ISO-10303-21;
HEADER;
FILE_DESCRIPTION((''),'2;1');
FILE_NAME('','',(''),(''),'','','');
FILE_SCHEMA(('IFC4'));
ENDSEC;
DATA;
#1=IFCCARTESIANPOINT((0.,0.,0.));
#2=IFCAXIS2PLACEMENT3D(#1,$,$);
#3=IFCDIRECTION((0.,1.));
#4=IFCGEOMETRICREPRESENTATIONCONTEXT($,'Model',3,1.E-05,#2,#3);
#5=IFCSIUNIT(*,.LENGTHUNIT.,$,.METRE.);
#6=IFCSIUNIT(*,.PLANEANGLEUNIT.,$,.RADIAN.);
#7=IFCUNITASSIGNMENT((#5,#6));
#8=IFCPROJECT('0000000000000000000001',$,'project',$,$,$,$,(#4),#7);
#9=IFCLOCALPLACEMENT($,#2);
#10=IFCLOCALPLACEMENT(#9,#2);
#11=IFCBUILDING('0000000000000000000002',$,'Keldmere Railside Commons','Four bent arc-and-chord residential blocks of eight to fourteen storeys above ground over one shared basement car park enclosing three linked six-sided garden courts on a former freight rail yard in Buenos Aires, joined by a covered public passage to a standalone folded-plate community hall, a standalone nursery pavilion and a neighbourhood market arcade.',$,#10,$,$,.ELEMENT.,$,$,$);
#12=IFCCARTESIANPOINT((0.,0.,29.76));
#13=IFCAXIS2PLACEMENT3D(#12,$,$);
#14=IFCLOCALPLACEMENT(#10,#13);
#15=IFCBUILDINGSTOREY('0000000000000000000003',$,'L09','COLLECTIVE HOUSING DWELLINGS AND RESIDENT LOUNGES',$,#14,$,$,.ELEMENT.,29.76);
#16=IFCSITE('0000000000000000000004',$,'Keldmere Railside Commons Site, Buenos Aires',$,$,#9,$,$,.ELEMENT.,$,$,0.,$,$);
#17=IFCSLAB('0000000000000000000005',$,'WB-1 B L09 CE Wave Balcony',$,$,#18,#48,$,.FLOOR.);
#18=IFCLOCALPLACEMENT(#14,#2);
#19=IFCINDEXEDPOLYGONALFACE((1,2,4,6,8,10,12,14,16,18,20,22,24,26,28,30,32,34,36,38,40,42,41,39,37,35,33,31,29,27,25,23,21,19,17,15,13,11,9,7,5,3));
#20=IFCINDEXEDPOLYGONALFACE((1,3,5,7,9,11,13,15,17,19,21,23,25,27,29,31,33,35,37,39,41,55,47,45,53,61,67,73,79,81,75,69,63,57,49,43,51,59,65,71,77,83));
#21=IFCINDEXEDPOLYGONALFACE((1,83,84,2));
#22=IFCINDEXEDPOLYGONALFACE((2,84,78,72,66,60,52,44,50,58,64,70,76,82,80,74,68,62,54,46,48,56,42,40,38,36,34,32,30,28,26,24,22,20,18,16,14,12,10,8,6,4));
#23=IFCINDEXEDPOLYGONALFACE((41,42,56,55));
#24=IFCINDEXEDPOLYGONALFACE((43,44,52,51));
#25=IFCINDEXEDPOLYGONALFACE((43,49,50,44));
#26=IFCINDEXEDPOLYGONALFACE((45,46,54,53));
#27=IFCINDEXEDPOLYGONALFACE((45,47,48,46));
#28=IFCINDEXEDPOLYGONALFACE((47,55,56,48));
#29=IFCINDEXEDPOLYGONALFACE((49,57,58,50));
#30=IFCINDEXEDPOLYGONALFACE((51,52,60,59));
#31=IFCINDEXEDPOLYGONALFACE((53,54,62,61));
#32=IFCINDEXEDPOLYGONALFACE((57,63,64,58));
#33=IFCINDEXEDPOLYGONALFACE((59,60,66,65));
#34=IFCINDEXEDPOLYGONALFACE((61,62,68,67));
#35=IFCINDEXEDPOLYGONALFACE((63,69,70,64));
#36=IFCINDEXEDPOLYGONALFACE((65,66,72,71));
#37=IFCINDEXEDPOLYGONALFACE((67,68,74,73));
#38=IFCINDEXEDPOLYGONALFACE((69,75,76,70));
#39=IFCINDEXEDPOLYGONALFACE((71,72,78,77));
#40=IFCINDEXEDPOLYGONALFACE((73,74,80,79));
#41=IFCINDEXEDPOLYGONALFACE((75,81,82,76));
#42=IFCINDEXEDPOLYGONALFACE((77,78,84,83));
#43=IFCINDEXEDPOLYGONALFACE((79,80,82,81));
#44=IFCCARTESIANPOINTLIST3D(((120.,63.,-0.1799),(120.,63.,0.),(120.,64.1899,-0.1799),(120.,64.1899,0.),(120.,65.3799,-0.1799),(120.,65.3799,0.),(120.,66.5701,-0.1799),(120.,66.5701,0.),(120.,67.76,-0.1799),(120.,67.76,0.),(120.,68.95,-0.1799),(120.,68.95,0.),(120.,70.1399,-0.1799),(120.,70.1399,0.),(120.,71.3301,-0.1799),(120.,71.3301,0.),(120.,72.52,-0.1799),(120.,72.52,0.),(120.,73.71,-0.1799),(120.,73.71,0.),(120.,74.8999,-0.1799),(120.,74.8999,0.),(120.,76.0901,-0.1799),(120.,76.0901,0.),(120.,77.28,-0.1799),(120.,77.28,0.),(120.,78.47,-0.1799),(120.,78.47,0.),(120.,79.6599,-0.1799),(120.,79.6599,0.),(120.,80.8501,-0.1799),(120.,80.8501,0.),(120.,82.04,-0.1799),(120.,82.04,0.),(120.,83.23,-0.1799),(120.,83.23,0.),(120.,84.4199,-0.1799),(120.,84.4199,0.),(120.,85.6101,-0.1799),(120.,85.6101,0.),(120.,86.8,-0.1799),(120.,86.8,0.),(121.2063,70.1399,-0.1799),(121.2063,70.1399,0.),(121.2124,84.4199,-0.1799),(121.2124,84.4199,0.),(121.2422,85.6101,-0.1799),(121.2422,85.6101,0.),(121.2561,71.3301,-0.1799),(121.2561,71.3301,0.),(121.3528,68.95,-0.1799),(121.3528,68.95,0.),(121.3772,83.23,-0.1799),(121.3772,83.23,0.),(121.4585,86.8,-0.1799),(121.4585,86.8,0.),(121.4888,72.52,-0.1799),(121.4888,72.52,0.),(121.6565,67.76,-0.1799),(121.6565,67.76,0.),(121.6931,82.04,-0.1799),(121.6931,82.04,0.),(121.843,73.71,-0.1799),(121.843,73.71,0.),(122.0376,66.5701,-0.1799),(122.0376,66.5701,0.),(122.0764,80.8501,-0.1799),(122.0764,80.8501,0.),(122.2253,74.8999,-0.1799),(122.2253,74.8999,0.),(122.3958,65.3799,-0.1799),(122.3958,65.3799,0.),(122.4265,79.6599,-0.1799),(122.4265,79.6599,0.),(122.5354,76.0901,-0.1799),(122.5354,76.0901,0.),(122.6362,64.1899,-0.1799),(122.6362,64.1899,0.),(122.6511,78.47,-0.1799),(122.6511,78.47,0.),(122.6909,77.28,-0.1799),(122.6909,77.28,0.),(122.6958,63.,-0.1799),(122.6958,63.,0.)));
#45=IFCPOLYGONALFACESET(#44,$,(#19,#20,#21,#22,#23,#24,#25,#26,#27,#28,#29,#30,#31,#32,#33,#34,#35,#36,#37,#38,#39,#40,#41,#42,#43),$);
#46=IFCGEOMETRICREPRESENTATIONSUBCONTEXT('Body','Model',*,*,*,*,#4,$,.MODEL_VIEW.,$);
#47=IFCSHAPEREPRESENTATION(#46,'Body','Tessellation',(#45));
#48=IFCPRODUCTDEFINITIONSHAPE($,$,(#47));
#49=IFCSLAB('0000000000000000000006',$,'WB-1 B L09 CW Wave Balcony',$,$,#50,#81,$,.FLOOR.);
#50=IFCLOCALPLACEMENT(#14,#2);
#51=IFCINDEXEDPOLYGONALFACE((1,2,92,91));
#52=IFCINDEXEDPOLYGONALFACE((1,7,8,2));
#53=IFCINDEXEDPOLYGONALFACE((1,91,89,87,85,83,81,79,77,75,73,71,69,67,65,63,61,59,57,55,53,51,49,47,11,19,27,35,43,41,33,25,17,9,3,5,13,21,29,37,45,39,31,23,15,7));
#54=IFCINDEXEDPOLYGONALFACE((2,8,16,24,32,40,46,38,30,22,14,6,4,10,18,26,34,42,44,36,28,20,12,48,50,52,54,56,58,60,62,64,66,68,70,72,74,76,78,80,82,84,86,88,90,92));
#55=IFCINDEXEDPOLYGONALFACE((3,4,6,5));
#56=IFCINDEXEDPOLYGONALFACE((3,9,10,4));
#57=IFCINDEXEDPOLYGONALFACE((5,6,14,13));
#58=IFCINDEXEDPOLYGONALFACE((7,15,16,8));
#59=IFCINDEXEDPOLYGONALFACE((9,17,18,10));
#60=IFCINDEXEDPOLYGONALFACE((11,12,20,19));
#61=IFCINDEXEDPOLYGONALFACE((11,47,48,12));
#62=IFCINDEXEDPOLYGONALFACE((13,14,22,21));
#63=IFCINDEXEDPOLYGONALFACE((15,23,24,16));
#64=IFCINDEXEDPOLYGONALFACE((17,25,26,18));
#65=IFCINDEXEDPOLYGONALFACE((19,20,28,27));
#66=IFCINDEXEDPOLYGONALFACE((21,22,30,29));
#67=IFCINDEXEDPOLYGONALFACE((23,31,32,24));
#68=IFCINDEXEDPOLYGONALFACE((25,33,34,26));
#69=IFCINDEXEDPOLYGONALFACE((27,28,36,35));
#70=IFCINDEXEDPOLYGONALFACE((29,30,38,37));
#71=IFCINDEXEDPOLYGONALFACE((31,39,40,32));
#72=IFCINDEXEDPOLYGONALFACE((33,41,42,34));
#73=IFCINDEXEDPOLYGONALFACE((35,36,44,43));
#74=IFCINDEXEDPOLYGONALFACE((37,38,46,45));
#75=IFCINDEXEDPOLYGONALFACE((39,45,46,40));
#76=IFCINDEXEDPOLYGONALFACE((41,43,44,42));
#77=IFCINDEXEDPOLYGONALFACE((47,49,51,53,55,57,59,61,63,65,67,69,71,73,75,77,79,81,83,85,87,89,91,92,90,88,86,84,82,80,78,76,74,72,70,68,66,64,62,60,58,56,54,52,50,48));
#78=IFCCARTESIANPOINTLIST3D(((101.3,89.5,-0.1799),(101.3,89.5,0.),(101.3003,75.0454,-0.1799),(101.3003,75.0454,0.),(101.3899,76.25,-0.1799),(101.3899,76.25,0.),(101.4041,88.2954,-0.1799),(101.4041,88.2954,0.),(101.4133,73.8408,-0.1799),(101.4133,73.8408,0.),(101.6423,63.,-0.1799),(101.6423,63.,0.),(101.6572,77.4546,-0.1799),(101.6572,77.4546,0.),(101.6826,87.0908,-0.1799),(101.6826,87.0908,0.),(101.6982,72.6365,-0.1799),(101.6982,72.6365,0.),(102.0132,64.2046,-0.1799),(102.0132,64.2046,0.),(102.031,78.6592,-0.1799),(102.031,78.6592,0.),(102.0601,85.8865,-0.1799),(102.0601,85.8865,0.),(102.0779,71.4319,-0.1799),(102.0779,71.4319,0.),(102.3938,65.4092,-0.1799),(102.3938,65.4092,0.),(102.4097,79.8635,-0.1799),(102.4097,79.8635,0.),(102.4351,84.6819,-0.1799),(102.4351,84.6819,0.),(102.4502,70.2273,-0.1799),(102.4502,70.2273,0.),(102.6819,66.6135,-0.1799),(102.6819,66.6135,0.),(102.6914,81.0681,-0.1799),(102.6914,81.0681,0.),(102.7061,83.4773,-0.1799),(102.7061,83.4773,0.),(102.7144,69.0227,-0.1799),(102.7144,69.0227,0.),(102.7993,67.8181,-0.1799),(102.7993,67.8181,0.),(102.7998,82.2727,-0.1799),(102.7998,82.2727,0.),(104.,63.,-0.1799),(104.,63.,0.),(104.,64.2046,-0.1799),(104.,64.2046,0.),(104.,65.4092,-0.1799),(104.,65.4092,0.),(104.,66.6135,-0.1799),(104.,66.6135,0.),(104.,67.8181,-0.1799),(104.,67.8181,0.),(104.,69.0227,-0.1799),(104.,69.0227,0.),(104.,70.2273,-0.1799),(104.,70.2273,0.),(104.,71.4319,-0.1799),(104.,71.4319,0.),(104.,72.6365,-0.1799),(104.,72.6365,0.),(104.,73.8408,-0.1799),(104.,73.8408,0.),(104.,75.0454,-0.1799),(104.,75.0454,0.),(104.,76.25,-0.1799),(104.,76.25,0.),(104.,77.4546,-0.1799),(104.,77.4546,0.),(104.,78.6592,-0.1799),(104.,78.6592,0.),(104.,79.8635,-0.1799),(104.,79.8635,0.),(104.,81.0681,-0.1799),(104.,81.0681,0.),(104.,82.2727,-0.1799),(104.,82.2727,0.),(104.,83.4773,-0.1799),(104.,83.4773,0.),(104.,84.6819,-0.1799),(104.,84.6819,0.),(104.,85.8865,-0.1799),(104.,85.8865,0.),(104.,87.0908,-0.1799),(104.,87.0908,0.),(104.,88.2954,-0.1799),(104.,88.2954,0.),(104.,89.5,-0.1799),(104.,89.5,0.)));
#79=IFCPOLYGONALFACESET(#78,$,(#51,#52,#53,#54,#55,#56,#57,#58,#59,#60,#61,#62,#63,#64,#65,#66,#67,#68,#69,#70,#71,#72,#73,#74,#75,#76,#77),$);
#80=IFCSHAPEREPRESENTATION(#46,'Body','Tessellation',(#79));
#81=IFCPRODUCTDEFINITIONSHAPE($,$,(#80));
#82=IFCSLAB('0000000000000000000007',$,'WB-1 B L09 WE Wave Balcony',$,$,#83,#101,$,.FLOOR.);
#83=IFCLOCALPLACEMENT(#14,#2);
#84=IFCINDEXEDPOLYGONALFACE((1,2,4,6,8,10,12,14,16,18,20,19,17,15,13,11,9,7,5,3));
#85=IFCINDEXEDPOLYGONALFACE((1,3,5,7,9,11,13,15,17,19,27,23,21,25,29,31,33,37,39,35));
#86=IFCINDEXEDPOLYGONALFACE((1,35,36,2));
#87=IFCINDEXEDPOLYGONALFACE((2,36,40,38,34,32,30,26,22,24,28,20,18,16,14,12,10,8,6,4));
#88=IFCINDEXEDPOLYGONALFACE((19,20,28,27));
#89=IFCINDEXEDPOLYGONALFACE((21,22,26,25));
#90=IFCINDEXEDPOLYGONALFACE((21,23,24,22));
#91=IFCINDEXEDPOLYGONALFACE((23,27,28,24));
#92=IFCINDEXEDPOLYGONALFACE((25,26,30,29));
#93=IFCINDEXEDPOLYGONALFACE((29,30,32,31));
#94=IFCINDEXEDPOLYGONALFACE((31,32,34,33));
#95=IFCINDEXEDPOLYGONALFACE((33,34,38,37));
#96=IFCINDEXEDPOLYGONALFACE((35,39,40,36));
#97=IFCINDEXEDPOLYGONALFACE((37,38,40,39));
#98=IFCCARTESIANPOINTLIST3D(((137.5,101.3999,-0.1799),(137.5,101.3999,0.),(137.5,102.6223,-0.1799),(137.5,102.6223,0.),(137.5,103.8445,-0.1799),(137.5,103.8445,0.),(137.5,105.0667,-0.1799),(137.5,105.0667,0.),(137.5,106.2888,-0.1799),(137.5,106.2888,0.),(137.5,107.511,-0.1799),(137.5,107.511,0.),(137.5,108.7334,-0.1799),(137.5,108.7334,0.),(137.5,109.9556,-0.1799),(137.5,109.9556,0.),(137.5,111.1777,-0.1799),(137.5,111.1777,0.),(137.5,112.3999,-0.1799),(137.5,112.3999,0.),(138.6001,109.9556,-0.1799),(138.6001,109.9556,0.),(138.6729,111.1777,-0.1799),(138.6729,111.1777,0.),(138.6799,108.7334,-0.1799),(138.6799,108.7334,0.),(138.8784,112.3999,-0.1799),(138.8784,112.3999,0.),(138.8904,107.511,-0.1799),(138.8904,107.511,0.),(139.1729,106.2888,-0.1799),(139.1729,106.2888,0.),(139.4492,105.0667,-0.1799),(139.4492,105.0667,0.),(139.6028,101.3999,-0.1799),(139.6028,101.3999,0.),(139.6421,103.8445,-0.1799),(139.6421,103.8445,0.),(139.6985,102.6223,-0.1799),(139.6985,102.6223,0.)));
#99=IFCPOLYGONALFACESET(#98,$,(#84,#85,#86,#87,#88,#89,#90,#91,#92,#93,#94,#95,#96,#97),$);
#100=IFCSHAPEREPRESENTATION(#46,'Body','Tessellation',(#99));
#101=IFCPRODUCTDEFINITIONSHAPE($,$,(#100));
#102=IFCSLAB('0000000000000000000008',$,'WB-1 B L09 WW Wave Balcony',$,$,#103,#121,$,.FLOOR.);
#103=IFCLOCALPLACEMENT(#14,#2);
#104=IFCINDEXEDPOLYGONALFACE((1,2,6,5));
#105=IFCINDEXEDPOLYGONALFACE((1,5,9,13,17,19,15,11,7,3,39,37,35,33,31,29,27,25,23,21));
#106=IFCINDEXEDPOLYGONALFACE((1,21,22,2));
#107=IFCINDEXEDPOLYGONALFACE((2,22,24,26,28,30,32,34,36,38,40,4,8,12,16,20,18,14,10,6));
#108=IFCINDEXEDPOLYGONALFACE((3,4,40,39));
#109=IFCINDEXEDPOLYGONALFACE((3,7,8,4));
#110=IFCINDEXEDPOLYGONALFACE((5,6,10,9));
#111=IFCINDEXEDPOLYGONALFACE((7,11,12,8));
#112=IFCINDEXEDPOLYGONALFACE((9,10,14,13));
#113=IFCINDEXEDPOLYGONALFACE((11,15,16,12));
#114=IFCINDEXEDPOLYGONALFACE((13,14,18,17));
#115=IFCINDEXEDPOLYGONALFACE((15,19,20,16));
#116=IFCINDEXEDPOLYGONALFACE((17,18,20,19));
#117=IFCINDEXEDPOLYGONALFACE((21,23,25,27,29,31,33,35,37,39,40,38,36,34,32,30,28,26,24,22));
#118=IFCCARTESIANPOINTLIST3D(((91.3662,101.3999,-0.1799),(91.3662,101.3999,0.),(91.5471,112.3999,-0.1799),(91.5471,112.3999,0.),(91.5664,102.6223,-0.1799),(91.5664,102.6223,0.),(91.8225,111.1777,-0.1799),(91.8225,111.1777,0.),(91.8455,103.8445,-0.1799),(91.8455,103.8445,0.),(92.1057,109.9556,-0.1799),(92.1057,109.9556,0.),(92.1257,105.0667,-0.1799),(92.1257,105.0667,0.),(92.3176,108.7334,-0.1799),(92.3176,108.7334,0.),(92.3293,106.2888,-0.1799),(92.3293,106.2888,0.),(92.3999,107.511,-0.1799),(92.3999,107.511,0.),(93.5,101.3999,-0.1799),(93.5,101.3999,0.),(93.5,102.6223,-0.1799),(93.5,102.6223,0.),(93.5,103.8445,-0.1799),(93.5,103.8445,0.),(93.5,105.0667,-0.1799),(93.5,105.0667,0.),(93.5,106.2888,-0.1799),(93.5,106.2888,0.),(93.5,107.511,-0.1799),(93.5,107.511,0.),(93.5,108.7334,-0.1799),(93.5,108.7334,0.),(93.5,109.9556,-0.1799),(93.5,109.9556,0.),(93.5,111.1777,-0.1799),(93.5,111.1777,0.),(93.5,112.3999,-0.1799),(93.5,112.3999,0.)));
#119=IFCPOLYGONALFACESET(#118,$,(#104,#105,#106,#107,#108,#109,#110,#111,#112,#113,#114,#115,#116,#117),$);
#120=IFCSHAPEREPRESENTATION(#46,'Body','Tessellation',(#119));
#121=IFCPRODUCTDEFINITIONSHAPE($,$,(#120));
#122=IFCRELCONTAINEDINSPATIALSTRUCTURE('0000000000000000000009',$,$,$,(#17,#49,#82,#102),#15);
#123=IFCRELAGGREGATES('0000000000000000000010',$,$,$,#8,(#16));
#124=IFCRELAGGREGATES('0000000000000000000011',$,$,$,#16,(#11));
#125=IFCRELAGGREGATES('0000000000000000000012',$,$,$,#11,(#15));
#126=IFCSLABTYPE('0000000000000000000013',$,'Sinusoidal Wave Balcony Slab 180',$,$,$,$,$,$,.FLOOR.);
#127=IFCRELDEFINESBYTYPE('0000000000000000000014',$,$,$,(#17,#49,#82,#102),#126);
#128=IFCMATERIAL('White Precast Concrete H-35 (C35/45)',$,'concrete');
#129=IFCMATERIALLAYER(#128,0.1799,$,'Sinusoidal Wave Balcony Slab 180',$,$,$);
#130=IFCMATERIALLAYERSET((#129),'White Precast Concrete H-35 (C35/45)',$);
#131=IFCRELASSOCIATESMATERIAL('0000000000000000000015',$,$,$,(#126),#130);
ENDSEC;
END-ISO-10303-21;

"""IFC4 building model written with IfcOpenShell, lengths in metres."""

from ifc_helpers import new_model, si_unit, direction, frame, origin, place, context, subcontext, project, spatial, polyline, outline, extrude, material, layer, layer_set, type_object, element, save


model = new_model("IFC4")

# Units and contexts
model_context = context("Model", 3, precision=1e-05, world=origin(), true_north=direction((0.0, 1.0)))
body_context = subcontext(model_context, "Body", "Model", "MODEL_VIEW")
ifc_project = project(units=[si_unit("LENGTHUNIT", "METRE"), si_unit("PLANEANGLEUNIT", "RADIAN")], contexts=[model_context])

# Site, building, storey
site_placement = place(None, origin())
site = spatial("IfcSite", under=ifc_project, at=site_placement, Name="Keldmere Railside Commons Site, Buenos Aires", CompositionType="ELEMENT", RefElevation=0.0)
building_placement = place(site_placement, origin())
building = spatial("IfcBuilding", under=site, at=building_placement, Name="Keldmere Railside Commons", Description="Four bent arc-and-chord residential blocks of eight to fourteen storeys above ground over one shared basement car park enclosing three linked six-sided garden courts on a former freight rail yard in Buenos Aires, joined by a covered public passage to a standalone folded-plate community hall, a standalone nursery pavilion and a neighbourhood market arcade.", CompositionType="ELEMENT")
storey_placement = place(building_placement, frame((0.0, 0.0, 29.76)))
storey = spatial("IfcBuildingStorey", under=building, at=storey_placement, Name="L09", Description="COLLECTIVE HOUSING DWELLINGS AND RESIDENT LOUNGES", CompositionType="ELEMENT", Elevation=29.76)

# Slabs
ifc_material_1 = material(Name="White Precast Concrete H-35 (C35/45)", Category="concrete")
ifc_layer_1 = layer(ifc_material_1, 0.1799, Name="Sinusoidal Wave Balcony Slab 180")
ifc_layer_set_1 = layer_set([ifc_layer_1], Name="White Precast Concrete H-35 (C35/45)")
slab_type_1 = type_object("IfcSlabType", Name="Sinusoidal Wave Balcony Slab 180", PredefinedType="FLOOR", material=ifc_layer_set_1)
slab_1_placement = place(storey_placement, frame((0.0, 0.0, -0.1799)))
element("IfcSlab", 1, at=slab_1_placement, inside=storey, type_object=slab_type_1, Name="WB-1 B L09 CE Wave Balcony", PredefinedType="FLOOR", context=body_context, shape_type="SweptSolid", body=[
    extrude(outline(polyline([(122.6958, 63.0), (122.6362, 64.1899), (122.3958, 65.3799), (122.0376, 66.5701), (121.6565, 67.76), (121.3528, 68.95), (121.2063, 70.1399), (121.2561, 71.3301), (121.4888, 72.52), (121.843, 73.71), (122.2253, 74.8999), (122.5354, 76.0901), (122.6909, 77.28), (122.6511, 78.47), (122.4265, 79.6599), (122.0764, 80.8501), (121.6931, 82.04), (121.3772, 83.23), (121.2124, 84.4199), (121.2422, 85.6101), (121.4585, 86.8), (120.0, 86.8), (120.0, 85.6101), (120.0, 84.4199), (120.0, 83.23), (120.0, 82.04), (120.0, 80.8501), (120.0, 79.6599), (120.0, 78.47), (120.0, 77.28), (120.0, 76.0901), (120.0, 74.8999), (120.0, 73.71), (120.0, 72.52), (120.0, 71.3301), (120.0, 70.1399), (120.0, 68.95), (120.0, 67.76), (120.0, 66.5701), (120.0, 65.3799), (120.0, 64.1899), (120.0, 63.0), (122.6958, 63.0)])), origin(), (0.0, 0.0, 1.0), 0.1799),
])
slab_2_placement = place(storey_placement, frame((0.0, 0.0, -0.1799)))
element("IfcSlab", 2, at=slab_2_placement, inside=storey, type_object=slab_type_1, Name="WB-1 B L09 CW Wave Balcony", PredefinedType="FLOOR", context=body_context, shape_type="SweptSolid", body=[
    extrude(outline(polyline([(104.0, 63.0), (104.0, 64.2046), (104.0, 65.4092), (104.0, 66.6135), (104.0, 67.8181), (104.0, 69.0227), (104.0, 70.2273), (104.0, 71.4319), (104.0, 72.6365), (104.0, 73.8408), (104.0, 75.0454), (104.0, 76.25), (104.0, 77.4546), (104.0, 78.6592), (104.0, 79.8635), (104.0, 81.0681), (104.0, 82.2727), (104.0, 83.4773), (104.0, 84.6819), (104.0, 85.8865), (104.0, 87.0908), (104.0, 88.2954), (104.0, 89.5), (101.3, 89.5), (101.4041, 88.2954), (101.6826, 87.0908), (102.0601, 85.8865), (102.4351, 84.6819), (102.7061, 83.4773), (102.7998, 82.2727), (102.6914, 81.0681), (102.4097, 79.8635), (102.031, 78.6592), (101.6572, 77.4546), (101.3899, 76.25), (101.3003, 75.0454), (101.4133, 73.8408), (101.6982, 72.6365), (102.0779, 71.4319), (102.4502, 70.2273), (102.7144, 69.0227), (102.7993, 67.8181), (102.6819, 66.6135), (102.3938, 65.4092), (102.0132, 64.2046), (101.6423, 63.0), (104.0, 63.0)])), origin(), (0.0, 0.0, 1.0), 0.1799),
])
slab_3_placement = place(storey_placement, frame((0.0, 0.0, -0.1799)))
element("IfcSlab", 3, at=slab_3_placement, inside=storey, type_object=slab_type_1, Name="WB-1 B L09 WE Wave Balcony", PredefinedType="FLOOR", context=body_context, shape_type="SweptSolid", body=[
    extrude(outline(polyline([(139.6028, 101.3999), (139.6985, 102.6223), (139.6421, 103.8445), (139.4492, 105.0667), (139.1729, 106.2888), (138.8904, 107.511), (138.6799, 108.7334), (138.6001, 109.9556), (138.6729, 111.1777), (138.8784, 112.3999), (137.5, 112.3999), (137.5, 111.1777), (137.5, 109.9556), (137.5, 108.7334), (137.5, 107.511), (137.5, 106.2888), (137.5, 105.0667), (137.5, 103.8445), (137.5, 102.6223), (137.5, 101.3999), (139.6028, 101.3999)])), origin(), (0.0, 0.0, 1.0), 0.1799),
])
slab_4_placement = place(storey_placement, frame((0.0, 0.0, -0.1799)))
element("IfcSlab", 4, at=slab_4_placement, inside=storey, type_object=slab_type_1, Name="WB-1 B L09 WW Wave Balcony", PredefinedType="FLOOR", context=body_context, shape_type="SweptSolid", body=[
    extrude(outline(polyline([(93.5, 101.3999), (93.5, 102.6223), (93.5, 103.8445), (93.5, 105.0667), (93.5, 106.2888), (93.5, 107.511), (93.5, 108.7334), (93.5, 109.9556), (93.5, 111.1777), (93.5, 112.3999), (91.5471, 112.3999), (91.8225, 111.1777), (92.1057, 109.9556), (92.3176, 108.7334), (92.3999, 107.511), (92.3293, 106.2888), (92.1257, 105.0667), (91.8455, 103.8445), (91.5664, 102.6223), (91.3662, 101.3999), (93.5, 101.3999)])), origin(), (0.0, 0.0, 1.0), 0.1799),
])

save(model, "model.ifc")
